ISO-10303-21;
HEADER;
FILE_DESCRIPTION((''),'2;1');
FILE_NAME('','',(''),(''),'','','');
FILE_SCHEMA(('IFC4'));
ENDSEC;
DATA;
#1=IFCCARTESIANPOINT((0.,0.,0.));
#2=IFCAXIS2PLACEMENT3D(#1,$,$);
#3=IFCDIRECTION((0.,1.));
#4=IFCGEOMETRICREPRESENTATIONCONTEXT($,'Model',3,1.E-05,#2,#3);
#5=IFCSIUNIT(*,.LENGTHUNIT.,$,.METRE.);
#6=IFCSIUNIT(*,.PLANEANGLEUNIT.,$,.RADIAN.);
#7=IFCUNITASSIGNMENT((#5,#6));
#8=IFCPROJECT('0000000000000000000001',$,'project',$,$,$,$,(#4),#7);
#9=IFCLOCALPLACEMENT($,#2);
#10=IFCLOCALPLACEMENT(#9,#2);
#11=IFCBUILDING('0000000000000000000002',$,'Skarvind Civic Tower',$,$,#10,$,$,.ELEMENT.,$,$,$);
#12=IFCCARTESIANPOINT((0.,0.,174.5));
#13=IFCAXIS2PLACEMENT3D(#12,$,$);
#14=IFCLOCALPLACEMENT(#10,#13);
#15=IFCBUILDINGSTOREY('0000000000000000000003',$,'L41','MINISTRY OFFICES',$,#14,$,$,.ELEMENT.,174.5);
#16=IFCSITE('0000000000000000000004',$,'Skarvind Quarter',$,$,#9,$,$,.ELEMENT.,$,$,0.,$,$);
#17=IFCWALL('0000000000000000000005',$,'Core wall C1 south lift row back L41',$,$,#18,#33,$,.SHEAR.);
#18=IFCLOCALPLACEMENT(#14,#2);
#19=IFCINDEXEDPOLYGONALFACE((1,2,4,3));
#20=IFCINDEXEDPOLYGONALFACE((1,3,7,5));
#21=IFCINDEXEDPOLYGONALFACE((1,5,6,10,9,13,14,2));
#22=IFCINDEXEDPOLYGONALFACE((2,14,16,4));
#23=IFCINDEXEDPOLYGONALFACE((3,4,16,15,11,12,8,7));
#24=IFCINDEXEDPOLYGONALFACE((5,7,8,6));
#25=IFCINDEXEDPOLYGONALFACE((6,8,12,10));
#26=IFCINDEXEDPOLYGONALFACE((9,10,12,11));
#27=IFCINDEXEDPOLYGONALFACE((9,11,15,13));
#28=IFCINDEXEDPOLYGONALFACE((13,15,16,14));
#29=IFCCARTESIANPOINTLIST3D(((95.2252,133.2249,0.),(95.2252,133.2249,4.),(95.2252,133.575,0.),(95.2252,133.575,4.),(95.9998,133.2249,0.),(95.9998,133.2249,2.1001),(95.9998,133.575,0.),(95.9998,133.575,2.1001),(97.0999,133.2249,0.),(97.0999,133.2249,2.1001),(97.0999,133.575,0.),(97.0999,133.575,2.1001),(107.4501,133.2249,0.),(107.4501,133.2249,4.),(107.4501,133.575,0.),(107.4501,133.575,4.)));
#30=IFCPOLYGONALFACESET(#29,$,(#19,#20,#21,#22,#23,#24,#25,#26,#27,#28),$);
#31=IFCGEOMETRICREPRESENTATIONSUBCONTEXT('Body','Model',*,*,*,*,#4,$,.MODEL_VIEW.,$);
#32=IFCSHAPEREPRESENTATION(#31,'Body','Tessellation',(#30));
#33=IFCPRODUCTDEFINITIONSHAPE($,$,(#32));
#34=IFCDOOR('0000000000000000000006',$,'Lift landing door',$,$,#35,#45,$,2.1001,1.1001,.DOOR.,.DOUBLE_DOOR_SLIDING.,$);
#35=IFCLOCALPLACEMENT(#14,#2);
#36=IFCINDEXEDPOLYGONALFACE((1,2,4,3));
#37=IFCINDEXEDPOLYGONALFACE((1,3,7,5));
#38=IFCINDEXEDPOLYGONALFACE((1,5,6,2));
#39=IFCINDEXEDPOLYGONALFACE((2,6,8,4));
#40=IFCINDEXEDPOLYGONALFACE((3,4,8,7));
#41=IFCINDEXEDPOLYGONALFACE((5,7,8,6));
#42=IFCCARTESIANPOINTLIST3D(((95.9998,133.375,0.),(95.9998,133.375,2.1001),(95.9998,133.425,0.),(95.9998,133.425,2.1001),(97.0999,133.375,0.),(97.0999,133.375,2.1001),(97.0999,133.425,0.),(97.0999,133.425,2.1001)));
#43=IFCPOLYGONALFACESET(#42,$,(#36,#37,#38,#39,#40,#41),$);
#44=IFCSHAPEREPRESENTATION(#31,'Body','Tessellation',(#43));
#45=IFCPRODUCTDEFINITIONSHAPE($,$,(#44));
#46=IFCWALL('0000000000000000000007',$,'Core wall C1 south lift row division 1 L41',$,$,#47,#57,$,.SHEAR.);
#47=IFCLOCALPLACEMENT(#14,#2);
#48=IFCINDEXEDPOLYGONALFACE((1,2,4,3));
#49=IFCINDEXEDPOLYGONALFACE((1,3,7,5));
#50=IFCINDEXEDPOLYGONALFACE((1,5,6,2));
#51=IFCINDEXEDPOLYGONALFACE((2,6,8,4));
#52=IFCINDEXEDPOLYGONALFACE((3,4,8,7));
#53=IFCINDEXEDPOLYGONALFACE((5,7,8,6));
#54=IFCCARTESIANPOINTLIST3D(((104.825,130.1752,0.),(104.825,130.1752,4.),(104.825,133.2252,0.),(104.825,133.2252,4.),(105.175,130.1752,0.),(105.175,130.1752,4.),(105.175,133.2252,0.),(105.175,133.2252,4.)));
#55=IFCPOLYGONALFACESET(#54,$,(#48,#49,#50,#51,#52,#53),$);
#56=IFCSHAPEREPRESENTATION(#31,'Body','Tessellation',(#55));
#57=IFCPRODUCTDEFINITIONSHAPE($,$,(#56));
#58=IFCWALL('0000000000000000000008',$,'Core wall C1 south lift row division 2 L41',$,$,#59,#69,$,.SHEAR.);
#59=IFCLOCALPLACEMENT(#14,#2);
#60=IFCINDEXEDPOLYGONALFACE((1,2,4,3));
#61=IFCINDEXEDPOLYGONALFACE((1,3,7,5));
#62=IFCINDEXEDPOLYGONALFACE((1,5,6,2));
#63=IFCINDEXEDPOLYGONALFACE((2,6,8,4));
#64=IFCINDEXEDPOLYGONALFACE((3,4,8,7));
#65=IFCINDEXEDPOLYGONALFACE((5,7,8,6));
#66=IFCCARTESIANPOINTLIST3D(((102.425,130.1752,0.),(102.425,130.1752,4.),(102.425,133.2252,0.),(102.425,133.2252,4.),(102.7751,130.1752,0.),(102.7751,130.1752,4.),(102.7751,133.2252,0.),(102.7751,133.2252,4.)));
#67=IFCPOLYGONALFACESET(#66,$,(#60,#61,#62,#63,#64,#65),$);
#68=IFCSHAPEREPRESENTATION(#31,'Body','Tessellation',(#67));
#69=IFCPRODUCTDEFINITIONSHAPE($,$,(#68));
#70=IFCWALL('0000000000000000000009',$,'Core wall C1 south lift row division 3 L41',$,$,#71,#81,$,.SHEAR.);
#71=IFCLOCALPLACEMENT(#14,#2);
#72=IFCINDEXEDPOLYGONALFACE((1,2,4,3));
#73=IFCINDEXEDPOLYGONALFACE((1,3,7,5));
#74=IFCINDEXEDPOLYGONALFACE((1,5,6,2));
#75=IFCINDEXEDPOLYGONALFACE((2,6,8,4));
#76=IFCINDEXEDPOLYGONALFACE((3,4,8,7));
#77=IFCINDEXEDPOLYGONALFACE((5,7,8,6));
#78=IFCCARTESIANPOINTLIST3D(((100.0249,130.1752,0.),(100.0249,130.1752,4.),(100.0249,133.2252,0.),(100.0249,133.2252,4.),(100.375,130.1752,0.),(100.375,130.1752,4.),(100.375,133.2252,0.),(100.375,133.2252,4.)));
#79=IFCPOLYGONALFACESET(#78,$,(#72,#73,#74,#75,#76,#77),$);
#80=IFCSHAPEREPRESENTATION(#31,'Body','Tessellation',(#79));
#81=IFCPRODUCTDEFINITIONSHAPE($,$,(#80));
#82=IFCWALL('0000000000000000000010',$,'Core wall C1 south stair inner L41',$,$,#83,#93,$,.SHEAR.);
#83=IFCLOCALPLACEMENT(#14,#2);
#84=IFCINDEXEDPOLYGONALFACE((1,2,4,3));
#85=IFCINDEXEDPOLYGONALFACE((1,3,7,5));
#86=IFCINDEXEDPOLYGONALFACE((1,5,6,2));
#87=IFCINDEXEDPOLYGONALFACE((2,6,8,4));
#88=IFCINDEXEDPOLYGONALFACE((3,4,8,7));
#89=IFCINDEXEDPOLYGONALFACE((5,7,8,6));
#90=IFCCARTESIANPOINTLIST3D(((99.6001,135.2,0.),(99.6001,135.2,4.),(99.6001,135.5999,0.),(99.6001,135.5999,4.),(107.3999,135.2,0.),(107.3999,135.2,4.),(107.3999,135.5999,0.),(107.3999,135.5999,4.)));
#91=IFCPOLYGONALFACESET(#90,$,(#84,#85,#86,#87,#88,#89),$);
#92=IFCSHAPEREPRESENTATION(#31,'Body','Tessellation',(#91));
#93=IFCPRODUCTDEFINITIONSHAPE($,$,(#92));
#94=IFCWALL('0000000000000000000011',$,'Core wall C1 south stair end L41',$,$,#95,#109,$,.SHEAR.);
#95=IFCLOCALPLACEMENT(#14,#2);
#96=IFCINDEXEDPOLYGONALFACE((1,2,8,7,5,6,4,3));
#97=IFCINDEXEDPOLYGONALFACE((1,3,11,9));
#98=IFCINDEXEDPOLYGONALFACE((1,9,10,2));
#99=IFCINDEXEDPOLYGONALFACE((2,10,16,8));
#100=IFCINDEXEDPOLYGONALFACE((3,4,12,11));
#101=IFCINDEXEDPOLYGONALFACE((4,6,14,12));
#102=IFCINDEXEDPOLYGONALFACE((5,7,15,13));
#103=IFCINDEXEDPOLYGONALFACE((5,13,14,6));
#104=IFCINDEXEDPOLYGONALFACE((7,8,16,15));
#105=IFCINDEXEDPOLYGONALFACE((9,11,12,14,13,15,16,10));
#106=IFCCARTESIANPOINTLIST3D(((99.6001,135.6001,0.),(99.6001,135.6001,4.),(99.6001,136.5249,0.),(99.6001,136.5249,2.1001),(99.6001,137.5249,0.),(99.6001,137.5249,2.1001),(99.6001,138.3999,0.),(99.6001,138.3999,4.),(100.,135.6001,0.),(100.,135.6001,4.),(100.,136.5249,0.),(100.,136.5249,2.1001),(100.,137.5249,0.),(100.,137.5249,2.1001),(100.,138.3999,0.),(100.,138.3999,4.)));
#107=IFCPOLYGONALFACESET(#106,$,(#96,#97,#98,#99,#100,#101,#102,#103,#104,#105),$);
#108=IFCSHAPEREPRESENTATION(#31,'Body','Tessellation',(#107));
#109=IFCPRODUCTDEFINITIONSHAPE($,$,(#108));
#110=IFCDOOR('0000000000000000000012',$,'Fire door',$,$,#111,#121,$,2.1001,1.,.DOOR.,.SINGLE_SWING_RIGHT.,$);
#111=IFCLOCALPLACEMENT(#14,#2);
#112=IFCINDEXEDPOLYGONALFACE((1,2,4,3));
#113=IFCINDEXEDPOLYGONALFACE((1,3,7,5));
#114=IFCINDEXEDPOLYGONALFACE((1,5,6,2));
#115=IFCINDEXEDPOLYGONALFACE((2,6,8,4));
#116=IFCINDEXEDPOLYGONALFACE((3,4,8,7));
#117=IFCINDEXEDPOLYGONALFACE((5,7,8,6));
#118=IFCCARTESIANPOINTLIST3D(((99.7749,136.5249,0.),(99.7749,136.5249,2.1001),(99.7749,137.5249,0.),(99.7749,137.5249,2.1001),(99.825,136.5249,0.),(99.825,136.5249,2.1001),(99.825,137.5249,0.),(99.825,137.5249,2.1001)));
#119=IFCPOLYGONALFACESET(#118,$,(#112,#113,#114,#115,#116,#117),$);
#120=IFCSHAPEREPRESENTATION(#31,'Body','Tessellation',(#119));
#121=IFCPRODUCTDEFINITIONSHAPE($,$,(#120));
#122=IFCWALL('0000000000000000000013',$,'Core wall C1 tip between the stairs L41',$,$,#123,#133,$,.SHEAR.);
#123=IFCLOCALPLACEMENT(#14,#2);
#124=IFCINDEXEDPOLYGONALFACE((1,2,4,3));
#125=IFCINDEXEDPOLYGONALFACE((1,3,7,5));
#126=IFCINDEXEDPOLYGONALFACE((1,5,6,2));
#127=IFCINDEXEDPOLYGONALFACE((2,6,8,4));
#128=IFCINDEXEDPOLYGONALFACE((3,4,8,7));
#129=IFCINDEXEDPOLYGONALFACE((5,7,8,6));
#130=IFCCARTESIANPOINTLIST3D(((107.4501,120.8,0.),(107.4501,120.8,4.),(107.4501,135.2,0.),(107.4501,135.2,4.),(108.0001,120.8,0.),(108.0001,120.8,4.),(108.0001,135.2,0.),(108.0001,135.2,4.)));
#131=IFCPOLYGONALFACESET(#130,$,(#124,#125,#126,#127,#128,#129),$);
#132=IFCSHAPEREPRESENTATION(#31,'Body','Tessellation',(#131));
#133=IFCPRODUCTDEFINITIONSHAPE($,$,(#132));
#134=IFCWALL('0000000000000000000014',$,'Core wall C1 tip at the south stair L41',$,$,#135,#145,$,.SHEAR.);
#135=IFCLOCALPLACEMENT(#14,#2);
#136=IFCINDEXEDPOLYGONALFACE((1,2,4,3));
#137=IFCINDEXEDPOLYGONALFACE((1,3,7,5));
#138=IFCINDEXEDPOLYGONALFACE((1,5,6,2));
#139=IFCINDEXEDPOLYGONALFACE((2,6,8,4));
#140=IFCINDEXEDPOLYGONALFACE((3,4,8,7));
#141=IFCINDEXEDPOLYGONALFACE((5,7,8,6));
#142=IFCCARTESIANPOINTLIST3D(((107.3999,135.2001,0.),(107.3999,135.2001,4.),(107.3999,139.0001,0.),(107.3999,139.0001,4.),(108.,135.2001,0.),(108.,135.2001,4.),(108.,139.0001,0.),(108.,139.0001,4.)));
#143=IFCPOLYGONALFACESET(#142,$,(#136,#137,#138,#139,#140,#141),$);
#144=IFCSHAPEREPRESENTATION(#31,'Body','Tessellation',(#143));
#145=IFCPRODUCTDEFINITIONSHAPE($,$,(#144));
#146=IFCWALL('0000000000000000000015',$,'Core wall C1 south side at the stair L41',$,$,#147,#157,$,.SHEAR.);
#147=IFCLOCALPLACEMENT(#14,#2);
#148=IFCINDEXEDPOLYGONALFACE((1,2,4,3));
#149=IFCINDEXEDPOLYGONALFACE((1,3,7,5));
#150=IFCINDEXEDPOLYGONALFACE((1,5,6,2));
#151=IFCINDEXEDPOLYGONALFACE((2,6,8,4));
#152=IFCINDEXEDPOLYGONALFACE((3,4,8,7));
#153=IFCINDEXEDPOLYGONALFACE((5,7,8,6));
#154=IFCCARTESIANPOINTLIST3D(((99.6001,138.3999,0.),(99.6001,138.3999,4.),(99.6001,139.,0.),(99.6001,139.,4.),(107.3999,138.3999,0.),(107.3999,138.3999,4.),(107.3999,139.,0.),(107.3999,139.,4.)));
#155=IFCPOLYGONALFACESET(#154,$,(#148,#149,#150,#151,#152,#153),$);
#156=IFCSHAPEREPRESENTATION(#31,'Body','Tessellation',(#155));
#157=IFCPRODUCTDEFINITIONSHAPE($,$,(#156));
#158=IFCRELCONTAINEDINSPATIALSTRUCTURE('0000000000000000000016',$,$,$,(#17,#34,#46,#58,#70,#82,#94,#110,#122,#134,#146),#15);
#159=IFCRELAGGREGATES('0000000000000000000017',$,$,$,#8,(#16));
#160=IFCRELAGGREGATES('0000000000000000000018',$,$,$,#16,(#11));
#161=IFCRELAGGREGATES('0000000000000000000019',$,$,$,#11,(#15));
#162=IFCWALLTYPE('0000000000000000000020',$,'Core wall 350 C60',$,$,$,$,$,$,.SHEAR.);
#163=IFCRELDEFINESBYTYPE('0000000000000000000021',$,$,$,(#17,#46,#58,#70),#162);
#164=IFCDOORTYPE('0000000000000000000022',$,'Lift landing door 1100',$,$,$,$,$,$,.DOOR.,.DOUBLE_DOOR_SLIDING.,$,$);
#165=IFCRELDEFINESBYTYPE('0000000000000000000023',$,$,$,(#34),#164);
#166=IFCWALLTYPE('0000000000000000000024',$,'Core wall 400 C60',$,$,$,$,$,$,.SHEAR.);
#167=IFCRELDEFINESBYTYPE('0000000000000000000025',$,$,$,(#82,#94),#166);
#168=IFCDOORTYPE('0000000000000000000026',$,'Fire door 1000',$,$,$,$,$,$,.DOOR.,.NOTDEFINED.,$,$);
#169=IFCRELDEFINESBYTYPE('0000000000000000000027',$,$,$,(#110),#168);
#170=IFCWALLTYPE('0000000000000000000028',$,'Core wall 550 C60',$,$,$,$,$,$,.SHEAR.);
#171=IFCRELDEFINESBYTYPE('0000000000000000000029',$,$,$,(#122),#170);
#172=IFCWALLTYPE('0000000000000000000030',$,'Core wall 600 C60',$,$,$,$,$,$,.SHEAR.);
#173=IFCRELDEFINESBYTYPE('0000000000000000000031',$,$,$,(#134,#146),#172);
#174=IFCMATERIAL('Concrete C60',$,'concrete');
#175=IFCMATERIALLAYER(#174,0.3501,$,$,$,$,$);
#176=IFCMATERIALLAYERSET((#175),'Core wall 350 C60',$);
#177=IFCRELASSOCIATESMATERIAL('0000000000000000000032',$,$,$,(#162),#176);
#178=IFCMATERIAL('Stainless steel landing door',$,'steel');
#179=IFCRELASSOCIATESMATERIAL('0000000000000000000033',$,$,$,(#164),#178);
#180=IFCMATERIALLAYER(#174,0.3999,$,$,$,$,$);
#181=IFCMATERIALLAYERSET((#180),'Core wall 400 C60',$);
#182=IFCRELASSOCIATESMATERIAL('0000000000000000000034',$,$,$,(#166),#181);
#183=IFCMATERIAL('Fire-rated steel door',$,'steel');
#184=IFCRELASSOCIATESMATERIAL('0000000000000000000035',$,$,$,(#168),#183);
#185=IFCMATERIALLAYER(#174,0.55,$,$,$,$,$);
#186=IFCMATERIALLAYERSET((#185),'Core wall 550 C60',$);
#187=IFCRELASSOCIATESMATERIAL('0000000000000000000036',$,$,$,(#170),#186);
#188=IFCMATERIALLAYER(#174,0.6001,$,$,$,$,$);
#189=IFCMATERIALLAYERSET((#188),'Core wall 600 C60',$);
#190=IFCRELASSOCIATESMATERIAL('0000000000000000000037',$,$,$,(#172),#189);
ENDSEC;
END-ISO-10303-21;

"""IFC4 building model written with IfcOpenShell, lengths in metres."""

from ifc_helpers import new_model, si_unit, direction, frame, frame_2d, origin, place, context, subcontext, project, spatial, rectangle, extrude, material, layer, layer_set, type_object, element, fill, save


model = new_model("IFC4")

# Units and contexts
model_context = context("Model", 3, precision=1e-05, world=origin(), true_north=direction((0.0, 1.0)))
body_context = subcontext(model_context, "Body", "Model", "MODEL_VIEW")
ifc_project = project(units=[si_unit("LENGTHUNIT", "METRE"), si_unit("PLANEANGLEUNIT", "RADIAN")], contexts=[model_context])

# Site, building, storey
site_placement = place(None, origin())
site = spatial("IfcSite", under=ifc_project, at=site_placement, Name="Skarvind Quarter", CompositionType="ELEMENT", RefElevation=0.0)
building_placement = place(site_placement, origin())
building = spatial("IfcBuilding", under=site, at=building_placement, Name="Skarvind Civic Tower", CompositionType="ELEMENT")
storey_placement = place(building_placement, frame((0.0, 0.0, 174.5)))
storey = spatial("IfcBuildingStorey", under=building, at=storey_placement, Name="L41", Description="MINISTRY OFFICES", CompositionType="ELEMENT", Elevation=174.5)

# Wall, opening, door
ifc_material_1 = material(Name="Concrete C60", Category="concrete")
ifc_layer_1 = layer(ifc_material_1, 0.3501)
ifc_layer_set_1 = layer_set([ifc_layer_1], Name="Core wall 350 C60")
wall_type_1 = type_object("IfcWallType", Name="Core wall 350 C60", PredefinedType="SHEAR", material=ifc_layer_set_1)
wall_1_placement = place(storey_placement, frame((107.45, 133.3999, 0.0), z_axis=(0.0, 0.0, 1.0), x_axis=(-1.0, 0.0, 0.0)))
wall_1 = element("IfcWall", 1, at=wall_1_placement, inside=storey, type_object=wall_type_1, Name="Core wall C1 south lift row back L41", PredefinedType="SHEAR", context=body_context, shape_type="SweptSolid", body=[
    extrude(rectangle(XDim=12.2249, YDim=0.3501, at=frame_2d((6.1123, 0.0))), origin(), (0.0, 0.0, 1.0), 4.0),
])
opening_1_placement = place(wall_1_placement, frame((10.3501, 0.0, 0.0)))
opening_1 = element("IfcOpeningElement", 2, at=opening_1_placement, cuts=wall_1, PredefinedType="OPENING", context=body_context, shape_type="SweptSolid", body=[
    extrude(rectangle(XDim=1.1001, YDim=2.1001, at=frame_2d((0.55, 1.05))), frame((0.0, 0.1851, 0.0), z_axis=(0.0, -1.0, 0.0), x_axis=(1.0, 0.0, 0.0)), (0.0, 0.0, 1.0), 0.3701),
])
ifc_material_2 = material(Name="Stainless steel landing door", Category="steel")
door_type_1 = type_object("IfcDoorType", Name="Lift landing door 1100", OperationType="DOUBLE_DOOR_SLIDING", PredefinedType="DOOR", material=ifc_material_2)
door_1_placement = place(opening_1_placement, origin())
door_1 = element("IfcDoor", 3, at=door_1_placement, inside=storey, type_object=door_type_1, Name="Lift landing door", OperationType="DOUBLE_DOOR_SLIDING", OverallHeight=2.1001, OverallWidth=1.1001, PredefinedType="DOOR", context=body_context, shape_type="SweptSolid", body=[
    extrude(rectangle(XDim=1.1001, YDim=2.1001, at=frame_2d((0.55, 1.05))), frame((0.0, 0.0249, 0.0), z_axis=(0.0, -1.0, 0.0), x_axis=(1.0, 0.0, 0.0)), (0.0, 0.0, 1.0), 0.05),
])
fill(opening_1, door_1)

# Walls
for number, where, z_axis, x_axis, name in (
    (4, (105.0, 133.2251, 0.0), (0.0, 0.0, 1.0), (0.0, -1.0, 0.0), "Core wall C1 south lift row division 1 L41"),
    (5, (102.6001, 133.2251, 0.0), (0.0, 0.0, 1.0), (0.0, -1.0, 0.0), "Core wall C1 south lift row division 2 L41"),
    (6, (100.2, 133.2251, 0.0), (0.0, 0.0, 1.0), (0.0, -1.0, 0.0), "Core wall C1 south lift row division 3 L41"),
):
    element("IfcWall", number, at=place(storey_placement, frame(where, z_axis=z_axis, x_axis=x_axis)), inside=storey, type_object=wall_type_1, Name=name, PredefinedType="SHEAR", context=body_context, shape_type="SweptSolid", body=[
        extrude(rectangle(XDim=3.05, YDim=0.3501, at=frame_2d((1.5249, 0.0))), origin(), (0.0, 0.0, 1.0), 4.0),
    ])
ifc_layer_2 = layer(ifc_material_1, 0.3999)
ifc_layer_set_2 = layer_set([ifc_layer_2], Name="Core wall 400 C60")
wall_type_2 = type_object("IfcWallType", Name="Core wall 400 C60", PredefinedType="SHEAR", material=ifc_layer_set_2)
wall_2_placement = place(storey_placement, frame((107.3999, 135.3999, 0.0), z_axis=(0.0, 0.0, 1.0), x_axis=(-1.0, 0.0, 0.0)))
element("IfcWall", 7, at=wall_2_placement, inside=storey, type_object=wall_type_2, Name="Core wall C1 south stair inner L41", PredefinedType="SHEAR", context=body_context, shape_type="SweptSolid", body=[
    extrude(rectangle(XDim=7.7998, YDim=0.3999, at=frame_2d((3.8999, 0.0))), origin(), (0.0, 0.0, 1.0), 4.0),
])

# Wall, opening, door
wall_3_placement = place(storey_placement, frame((99.8, 138.3999, 0.0), z_axis=(0.0, 0.0, 1.0), x_axis=(0.0, -1.0, 0.0)))
wall_3 = element("IfcWall", 8, at=wall_3_placement, inside=storey, type_object=wall_type_2, Name="Core wall C1 south stair end L41", PredefinedType="SHEAR", context=body_context, shape_type="SweptSolid", body=[
    extrude(rectangle(XDim=2.7998, YDim=0.3999, at=frame_2d((1.3999, 0.0))), origin(), (0.0, 0.0, 1.0), 4.0),
])
opening_2_placement = place(wall_3_placement, frame((0.875, 0.0, 0.0)))
opening_2 = element("IfcOpeningElement", 9, at=opening_2_placement, cuts=wall_3, PredefinedType="OPENING", context=body_context, shape_type="SweptSolid", body=[
    extrude(rectangle(XDim=1.0, YDim=2.1001, at=frame_2d((0.5, 1.05))), frame((0.0, 0.21, 0.0), z_axis=(0.0, -1.0, 0.0), x_axis=(1.0, 0.0, 0.0)), (0.0, 0.0, 1.0), 0.4199),
])
ifc_material_3 = material(Name="Fire-rated steel door", Category="steel")
door_type_2 = type_object("IfcDoorType", Name="Fire door 1000", OperationType="NOTDEFINED", PredefinedType="DOOR", material=ifc_material_3)
door_2_placement = place(opening_2_placement, origin())
door_2 = element("IfcDoor", 10, at=door_2_placement, inside=storey, type_object=door_type_2, Name="Fire door", OperationType="SINGLE_SWING_RIGHT", OverallHeight=2.1001, OverallWidth=1.0, PredefinedType="DOOR", context=body_context, shape_type="SweptSolid", body=[
    extrude(rectangle(XDim=1.0, YDim=2.1001, at=frame_2d((0.5, 1.05))), frame((0.0, 0.0249, 0.0), z_axis=(0.0, -1.0, 0.0), x_axis=(1.0, 0.0, 0.0)), (0.0, 0.0, 1.0), 0.05),
])
fill(opening_2, door_2)

# Walls
ifc_layer_3 = layer(ifc_material_1, 0.55)
ifc_layer_set_3 = layer_set([ifc_layer_3], Name="Core wall 550 C60")
wall_type_3 = type_object("IfcWallType", Name="Core wall 550 C60", PredefinedType="SHEAR", material=ifc_layer_set_3)
wall_4_placement = place(storey_placement, frame((107.7251, 135.2, 0.0), z_axis=(0.0, 0.0, 1.0), x_axis=(0.0, -1.0, 0.0)))
element("IfcWall", 11, at=wall_4_placement, inside=storey, type_object=wall_type_3, Name="Core wall C1 tip between the stairs L41", PredefinedType="SHEAR", context=body_context, shape_type="SweptSolid", body=[
    extrude(rectangle(XDim=14.3999, YDim=0.55, at=frame_2d((7.2, 0.0))), origin(), (0.0, 0.0, 1.0), 4.0),
])
ifc_layer_4 = layer(ifc_material_1, 0.6001)
ifc_layer_set_4 = layer_set([ifc_layer_4], Name="Core wall 600 C60")
wall_type_4 = type_object("IfcWallType", Name="Core wall 600 C60", PredefinedType="SHEAR", material=ifc_layer_set_4)
wall_5_placement = place(storey_placement, frame((107.7, 139.0, 0.0), z_axis=(0.0, 0.0, 1.0), x_axis=(0.0, -1.0, 0.0)))
element("IfcWall", 12, at=wall_5_placement, inside=storey, type_object=wall_type_4, Name="Core wall C1 tip at the south stair L41", PredefinedType="SHEAR", context=body_context, shape_type="SweptSolid", body=[
    extrude(rectangle(XDim=3.8, YDim=0.6001, at=frame_2d((1.8999, 0.0))), origin(), (0.0, 0.0, 1.0), 4.0),
])
wall_6_placement = place(storey_placement, frame((107.3999, 138.7, 0.0), z_axis=(0.0, 0.0, 1.0), x_axis=(-1.0, 0.0, 0.0)))
element("IfcWall", 13, at=wall_6_placement, inside=storey, type_object=wall_type_4, Name="Core wall C1 south side at the stair L41", PredefinedType="SHEAR", context=body_context, shape_type="SweptSolid", body=[
    extrude(rectangle(XDim=7.7998, YDim=0.6001, at=frame_2d((3.8999, 0.0))), origin(), (0.0, 0.0, 1.0), 4.0),
])

save(model, "model.ifc")
